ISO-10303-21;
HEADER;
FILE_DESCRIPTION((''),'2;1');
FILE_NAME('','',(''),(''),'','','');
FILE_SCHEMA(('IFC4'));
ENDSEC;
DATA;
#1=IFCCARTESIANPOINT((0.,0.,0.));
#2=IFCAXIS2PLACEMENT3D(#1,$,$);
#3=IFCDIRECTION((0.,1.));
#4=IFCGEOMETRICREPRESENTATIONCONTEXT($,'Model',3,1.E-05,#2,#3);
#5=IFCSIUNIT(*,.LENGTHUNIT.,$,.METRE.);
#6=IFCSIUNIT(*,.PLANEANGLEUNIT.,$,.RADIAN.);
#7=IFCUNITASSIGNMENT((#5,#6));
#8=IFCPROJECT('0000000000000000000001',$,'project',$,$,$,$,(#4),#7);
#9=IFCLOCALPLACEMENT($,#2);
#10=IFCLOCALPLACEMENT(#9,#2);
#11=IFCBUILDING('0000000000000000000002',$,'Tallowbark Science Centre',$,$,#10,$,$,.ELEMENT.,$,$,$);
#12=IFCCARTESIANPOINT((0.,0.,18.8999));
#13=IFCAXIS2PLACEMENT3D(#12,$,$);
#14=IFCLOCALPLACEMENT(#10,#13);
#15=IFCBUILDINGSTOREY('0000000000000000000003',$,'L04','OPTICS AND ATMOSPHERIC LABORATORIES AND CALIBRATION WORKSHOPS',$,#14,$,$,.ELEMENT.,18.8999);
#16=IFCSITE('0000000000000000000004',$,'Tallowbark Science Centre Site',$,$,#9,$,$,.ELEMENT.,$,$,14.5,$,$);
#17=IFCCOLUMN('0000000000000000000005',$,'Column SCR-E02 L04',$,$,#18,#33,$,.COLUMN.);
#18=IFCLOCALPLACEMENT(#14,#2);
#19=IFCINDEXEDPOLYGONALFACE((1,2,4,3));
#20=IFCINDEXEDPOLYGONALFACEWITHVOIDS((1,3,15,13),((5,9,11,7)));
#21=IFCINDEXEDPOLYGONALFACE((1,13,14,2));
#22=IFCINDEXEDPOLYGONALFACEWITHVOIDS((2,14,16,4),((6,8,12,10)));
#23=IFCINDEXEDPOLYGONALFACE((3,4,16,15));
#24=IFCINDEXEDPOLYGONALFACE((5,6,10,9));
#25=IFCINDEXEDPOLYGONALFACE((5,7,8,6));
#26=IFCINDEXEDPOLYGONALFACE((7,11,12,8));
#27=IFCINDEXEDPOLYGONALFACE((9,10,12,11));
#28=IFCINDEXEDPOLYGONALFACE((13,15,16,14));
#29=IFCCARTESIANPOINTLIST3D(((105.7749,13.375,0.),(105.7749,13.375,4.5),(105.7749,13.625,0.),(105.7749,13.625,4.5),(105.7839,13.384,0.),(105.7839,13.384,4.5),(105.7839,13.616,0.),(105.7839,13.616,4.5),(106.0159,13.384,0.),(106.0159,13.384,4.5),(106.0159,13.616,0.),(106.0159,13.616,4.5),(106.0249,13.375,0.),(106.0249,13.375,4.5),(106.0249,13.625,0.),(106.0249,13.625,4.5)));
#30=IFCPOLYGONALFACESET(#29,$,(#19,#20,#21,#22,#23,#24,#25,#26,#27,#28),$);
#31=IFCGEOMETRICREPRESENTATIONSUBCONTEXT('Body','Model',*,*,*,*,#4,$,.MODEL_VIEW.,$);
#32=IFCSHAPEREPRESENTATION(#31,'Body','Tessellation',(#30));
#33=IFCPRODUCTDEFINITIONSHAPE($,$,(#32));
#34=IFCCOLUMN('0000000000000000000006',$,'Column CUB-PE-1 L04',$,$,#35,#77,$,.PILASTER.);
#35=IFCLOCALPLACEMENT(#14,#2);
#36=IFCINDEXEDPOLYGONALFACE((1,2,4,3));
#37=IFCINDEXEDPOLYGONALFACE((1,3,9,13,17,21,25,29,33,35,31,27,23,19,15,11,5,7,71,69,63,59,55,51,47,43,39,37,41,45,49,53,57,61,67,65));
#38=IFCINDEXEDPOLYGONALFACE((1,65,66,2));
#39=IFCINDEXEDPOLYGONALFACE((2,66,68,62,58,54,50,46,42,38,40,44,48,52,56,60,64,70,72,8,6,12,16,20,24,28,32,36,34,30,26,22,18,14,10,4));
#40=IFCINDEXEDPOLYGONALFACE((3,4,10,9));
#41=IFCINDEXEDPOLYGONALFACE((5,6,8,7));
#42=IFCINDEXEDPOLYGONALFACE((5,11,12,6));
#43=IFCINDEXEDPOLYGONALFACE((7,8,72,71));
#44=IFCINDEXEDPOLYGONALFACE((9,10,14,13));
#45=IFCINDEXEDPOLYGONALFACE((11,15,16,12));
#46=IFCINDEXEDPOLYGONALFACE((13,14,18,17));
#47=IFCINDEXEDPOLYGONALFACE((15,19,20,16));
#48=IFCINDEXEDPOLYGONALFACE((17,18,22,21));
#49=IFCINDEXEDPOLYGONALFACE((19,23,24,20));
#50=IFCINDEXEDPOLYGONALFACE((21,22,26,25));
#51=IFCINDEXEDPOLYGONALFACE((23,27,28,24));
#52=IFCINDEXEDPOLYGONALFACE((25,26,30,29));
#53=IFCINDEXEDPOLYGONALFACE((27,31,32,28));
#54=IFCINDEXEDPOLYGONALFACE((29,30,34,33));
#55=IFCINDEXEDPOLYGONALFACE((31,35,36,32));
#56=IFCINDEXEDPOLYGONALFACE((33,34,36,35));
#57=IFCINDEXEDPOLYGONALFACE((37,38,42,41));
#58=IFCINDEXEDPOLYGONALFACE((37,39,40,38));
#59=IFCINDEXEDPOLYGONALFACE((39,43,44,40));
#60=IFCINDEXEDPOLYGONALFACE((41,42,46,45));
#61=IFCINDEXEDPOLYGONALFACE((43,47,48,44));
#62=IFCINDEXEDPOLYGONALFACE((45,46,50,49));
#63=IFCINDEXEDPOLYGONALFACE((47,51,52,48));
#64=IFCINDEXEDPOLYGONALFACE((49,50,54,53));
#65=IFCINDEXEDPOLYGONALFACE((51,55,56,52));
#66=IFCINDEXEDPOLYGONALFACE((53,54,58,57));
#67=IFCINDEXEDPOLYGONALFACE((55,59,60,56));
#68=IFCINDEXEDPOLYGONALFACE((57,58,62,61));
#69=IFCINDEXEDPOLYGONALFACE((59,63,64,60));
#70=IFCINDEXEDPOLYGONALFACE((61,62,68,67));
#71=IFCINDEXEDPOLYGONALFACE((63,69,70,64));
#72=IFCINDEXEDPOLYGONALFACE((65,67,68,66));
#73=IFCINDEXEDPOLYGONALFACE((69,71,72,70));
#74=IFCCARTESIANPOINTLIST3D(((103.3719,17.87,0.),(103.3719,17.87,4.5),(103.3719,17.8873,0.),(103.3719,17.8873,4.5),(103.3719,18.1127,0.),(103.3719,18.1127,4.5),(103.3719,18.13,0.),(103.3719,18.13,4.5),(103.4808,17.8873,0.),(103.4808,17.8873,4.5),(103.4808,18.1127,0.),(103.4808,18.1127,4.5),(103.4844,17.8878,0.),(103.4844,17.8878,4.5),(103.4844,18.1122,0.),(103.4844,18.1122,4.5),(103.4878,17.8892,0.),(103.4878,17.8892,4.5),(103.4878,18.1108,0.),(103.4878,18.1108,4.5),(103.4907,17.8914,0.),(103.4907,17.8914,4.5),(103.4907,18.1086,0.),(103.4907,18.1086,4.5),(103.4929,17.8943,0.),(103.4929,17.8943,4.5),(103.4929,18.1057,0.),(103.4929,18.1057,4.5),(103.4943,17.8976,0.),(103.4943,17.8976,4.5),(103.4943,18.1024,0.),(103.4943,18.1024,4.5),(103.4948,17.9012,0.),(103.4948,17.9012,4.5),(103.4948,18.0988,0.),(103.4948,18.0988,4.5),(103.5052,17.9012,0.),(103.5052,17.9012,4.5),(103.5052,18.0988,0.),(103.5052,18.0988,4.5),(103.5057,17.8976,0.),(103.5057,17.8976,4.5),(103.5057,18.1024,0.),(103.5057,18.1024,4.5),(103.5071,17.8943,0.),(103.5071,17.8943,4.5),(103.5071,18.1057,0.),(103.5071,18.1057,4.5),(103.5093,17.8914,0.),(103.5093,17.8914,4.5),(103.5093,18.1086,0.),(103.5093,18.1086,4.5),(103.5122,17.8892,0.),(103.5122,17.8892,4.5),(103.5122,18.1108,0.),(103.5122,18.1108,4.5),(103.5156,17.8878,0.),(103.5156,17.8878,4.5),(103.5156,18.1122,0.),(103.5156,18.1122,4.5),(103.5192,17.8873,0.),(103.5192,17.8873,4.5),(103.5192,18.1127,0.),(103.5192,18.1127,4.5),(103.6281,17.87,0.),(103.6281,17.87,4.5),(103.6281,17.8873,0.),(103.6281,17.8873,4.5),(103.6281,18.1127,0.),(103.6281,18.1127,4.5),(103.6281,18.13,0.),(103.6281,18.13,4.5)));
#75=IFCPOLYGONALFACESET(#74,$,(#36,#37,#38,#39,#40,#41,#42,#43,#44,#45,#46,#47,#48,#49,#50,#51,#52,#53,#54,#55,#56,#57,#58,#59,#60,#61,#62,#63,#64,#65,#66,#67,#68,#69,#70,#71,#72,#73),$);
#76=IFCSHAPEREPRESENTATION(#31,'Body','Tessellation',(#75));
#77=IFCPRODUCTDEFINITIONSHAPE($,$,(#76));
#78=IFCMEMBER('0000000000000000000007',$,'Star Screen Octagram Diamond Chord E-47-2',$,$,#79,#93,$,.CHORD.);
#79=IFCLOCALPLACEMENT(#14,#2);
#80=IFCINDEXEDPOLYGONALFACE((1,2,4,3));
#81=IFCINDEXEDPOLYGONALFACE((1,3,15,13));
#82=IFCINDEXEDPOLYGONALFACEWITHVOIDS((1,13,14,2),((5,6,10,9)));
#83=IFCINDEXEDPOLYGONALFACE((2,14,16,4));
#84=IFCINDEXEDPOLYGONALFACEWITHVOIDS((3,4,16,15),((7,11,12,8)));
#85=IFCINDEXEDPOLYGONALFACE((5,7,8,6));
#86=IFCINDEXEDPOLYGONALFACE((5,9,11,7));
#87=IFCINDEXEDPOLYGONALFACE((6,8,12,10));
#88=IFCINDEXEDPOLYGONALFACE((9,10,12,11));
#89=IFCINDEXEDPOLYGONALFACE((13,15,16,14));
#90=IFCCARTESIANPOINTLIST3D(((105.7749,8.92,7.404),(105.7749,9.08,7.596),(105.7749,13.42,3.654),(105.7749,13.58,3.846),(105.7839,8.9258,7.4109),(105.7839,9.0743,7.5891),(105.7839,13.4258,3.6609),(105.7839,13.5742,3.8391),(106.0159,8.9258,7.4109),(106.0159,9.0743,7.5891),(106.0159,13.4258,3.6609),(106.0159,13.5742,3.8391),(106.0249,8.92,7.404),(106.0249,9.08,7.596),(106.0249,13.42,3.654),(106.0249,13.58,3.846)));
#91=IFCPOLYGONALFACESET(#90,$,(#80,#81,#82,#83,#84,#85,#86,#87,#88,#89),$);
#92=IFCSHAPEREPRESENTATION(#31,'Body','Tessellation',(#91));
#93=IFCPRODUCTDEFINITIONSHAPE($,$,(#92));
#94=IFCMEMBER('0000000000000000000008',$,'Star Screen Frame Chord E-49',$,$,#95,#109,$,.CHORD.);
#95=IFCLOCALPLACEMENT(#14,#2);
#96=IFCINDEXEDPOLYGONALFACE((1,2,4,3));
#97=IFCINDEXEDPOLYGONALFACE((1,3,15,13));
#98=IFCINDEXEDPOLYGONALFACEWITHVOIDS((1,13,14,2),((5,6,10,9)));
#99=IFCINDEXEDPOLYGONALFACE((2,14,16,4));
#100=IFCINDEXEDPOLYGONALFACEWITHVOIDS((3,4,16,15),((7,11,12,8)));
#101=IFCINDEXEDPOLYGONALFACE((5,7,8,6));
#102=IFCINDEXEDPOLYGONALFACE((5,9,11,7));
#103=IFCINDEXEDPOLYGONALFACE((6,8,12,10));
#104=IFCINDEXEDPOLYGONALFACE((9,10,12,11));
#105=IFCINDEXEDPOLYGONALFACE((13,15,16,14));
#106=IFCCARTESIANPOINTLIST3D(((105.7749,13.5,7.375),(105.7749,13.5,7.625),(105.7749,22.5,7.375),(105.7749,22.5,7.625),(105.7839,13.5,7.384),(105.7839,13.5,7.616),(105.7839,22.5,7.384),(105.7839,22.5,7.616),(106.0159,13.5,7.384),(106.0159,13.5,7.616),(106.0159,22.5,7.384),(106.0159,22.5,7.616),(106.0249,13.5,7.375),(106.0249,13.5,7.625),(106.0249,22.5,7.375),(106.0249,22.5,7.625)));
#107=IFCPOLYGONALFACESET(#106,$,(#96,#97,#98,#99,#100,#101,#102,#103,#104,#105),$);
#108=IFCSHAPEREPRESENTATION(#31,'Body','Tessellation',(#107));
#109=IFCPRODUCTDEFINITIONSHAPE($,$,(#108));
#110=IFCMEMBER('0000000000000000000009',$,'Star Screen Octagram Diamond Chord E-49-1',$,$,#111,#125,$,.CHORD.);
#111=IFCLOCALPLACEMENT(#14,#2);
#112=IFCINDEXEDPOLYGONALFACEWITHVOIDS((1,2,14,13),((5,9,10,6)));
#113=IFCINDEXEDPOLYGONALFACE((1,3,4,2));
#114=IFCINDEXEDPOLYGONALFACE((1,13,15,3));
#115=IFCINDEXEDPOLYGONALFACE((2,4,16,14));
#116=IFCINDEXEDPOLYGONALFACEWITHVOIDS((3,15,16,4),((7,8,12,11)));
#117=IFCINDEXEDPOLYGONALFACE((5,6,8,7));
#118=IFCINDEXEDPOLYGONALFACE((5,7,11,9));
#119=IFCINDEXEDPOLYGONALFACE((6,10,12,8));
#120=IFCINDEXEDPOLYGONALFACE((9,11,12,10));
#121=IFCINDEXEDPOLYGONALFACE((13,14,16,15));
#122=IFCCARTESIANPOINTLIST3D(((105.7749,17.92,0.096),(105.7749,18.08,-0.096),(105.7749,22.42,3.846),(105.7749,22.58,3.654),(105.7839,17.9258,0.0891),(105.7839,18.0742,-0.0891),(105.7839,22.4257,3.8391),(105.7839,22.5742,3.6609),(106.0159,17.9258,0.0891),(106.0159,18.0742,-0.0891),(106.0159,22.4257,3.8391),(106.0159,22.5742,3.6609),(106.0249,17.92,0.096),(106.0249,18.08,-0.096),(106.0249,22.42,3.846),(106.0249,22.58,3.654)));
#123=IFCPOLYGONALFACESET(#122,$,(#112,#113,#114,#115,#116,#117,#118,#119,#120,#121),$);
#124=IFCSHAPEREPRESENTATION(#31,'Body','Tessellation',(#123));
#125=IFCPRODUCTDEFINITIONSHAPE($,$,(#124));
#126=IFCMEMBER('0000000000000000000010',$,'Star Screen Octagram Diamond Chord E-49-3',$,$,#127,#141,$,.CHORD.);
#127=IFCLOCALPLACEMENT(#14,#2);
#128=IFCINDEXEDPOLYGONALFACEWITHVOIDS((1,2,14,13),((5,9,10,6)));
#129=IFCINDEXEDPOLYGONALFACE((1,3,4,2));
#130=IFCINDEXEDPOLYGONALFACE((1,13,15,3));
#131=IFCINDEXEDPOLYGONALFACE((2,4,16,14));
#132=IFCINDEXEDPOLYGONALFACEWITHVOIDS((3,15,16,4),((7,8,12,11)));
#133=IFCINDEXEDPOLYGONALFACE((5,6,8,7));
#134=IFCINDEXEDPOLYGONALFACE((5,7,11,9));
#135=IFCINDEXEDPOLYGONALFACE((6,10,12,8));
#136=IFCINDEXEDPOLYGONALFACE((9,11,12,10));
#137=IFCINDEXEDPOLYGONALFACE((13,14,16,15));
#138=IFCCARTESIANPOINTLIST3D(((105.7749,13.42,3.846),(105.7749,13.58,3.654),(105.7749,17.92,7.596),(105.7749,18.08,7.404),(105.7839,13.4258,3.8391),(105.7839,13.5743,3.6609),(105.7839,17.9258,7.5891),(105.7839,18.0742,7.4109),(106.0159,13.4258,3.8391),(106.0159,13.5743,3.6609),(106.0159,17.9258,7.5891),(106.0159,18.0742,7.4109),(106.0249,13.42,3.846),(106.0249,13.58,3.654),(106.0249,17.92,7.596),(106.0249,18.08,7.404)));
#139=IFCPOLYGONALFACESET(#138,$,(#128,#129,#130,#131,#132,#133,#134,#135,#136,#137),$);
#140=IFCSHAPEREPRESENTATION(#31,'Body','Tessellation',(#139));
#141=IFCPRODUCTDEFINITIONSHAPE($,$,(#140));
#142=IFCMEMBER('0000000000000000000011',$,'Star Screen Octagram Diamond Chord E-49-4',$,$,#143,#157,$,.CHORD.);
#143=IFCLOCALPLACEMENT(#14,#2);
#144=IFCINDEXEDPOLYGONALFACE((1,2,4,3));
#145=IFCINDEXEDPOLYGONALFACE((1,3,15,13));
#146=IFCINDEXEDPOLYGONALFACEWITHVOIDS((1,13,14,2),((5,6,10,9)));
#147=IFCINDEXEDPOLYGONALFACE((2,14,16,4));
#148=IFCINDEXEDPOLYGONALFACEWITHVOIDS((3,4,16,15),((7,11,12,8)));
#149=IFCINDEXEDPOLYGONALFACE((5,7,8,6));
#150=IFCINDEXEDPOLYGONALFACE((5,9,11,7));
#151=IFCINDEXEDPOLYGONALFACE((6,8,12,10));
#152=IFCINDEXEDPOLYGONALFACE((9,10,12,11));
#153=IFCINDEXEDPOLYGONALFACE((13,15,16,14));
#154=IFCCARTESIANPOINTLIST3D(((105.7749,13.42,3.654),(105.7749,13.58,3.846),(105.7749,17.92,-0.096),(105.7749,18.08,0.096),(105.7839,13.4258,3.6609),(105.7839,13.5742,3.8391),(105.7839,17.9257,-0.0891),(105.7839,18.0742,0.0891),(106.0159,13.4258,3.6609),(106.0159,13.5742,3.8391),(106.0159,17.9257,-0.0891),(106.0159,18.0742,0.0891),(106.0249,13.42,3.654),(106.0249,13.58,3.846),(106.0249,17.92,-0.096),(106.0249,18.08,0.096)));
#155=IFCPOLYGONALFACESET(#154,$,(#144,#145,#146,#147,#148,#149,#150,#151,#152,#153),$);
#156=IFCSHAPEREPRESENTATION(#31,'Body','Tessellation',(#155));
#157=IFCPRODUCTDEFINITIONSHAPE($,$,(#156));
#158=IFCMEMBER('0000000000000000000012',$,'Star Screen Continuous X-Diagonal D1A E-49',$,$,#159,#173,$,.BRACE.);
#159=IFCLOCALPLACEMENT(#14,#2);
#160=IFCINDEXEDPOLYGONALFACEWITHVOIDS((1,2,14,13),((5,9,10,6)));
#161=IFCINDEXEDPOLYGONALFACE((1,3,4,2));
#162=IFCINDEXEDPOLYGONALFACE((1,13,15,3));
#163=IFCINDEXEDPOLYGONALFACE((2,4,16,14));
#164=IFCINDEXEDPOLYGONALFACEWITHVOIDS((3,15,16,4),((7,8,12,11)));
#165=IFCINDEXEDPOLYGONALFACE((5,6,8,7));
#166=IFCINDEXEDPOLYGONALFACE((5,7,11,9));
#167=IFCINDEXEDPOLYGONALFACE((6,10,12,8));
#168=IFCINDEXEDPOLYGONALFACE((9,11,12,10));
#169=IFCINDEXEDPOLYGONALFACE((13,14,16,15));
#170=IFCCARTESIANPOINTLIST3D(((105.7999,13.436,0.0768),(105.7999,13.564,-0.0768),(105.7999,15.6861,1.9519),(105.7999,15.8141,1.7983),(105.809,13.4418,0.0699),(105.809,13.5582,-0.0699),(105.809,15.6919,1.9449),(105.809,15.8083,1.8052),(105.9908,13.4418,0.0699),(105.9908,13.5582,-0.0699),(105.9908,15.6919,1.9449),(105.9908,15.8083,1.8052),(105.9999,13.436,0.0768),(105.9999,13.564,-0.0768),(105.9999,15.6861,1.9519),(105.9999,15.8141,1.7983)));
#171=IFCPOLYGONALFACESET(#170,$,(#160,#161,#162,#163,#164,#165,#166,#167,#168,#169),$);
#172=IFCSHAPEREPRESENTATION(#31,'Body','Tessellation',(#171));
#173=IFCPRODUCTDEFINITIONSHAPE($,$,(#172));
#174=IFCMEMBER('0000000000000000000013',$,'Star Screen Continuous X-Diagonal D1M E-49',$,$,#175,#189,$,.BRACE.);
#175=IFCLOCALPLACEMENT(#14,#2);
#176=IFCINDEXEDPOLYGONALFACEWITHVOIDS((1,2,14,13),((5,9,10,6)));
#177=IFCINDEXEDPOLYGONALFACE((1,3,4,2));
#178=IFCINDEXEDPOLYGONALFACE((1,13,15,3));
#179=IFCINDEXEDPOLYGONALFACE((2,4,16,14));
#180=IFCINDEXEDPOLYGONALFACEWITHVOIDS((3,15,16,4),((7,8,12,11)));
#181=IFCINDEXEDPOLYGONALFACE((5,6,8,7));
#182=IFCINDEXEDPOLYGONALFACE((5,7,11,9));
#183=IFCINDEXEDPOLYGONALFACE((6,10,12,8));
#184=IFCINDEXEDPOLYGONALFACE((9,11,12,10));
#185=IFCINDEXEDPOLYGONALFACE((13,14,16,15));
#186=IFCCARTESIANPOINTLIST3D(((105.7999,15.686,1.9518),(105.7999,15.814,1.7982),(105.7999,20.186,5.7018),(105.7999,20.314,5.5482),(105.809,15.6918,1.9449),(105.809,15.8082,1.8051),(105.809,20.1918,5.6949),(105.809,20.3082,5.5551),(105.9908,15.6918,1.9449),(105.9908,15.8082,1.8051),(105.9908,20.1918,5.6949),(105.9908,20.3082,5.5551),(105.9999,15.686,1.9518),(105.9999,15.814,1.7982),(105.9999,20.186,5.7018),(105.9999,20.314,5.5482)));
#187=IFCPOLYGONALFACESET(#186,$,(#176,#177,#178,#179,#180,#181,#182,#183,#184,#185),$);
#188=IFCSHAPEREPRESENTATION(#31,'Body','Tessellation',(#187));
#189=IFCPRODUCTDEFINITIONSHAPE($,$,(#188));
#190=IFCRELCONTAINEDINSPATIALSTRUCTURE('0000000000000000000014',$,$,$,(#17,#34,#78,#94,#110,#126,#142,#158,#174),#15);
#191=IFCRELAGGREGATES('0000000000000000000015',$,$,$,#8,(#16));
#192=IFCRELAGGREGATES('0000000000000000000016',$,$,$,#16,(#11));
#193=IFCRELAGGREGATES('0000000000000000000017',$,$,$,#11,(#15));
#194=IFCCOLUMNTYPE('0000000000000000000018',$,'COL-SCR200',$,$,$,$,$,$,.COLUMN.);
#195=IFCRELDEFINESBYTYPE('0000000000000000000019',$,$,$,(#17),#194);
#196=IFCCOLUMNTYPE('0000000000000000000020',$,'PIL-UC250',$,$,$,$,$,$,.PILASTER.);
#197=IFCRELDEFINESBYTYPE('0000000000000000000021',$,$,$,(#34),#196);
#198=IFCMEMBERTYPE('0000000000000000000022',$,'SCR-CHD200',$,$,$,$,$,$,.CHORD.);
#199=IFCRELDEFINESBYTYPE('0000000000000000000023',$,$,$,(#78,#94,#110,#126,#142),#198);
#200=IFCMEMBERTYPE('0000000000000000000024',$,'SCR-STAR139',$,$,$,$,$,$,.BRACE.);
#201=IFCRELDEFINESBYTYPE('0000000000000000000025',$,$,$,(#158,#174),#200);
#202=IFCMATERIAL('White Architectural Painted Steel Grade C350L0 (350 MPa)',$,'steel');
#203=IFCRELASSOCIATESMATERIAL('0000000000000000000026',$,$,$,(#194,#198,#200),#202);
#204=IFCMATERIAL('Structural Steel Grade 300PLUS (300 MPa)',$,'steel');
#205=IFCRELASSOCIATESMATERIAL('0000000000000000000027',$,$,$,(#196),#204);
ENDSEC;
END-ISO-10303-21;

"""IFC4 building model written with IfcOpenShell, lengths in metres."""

from ifc_helpers import new_model, si_unit, direction, frame, origin, origin_2d, place, context, subcontext, project, spatial, hollow_rectangle, i_section, extrude, material, material_profile, profile_set, type_object, element, save


model = new_model("IFC4")

# Units and contexts
model_context = context("Model", 3, precision=1e-05, world=origin(), true_north=direction((0.0, 1.0)))
body_context = subcontext(model_context, "Body", "Model", "MODEL_VIEW")
ifc_project = project(units=[si_unit("LENGTHUNIT", "METRE"), si_unit("PLANEANGLEUNIT", "RADIAN")], contexts=[model_context])

# Site, building, storey
site_placement = place(None, origin())
site = spatial("IfcSite", under=ifc_project, at=site_placement, Name="Tallowbark Science Centre Site", CompositionType="ELEMENT", RefElevation=14.5)
building_placement = place(site_placement, origin())
building = spatial("IfcBuilding", under=site, at=building_placement, Name="Tallowbark Science Centre", CompositionType="ELEMENT")
storey_placement = place(building_placement, frame((0.0, 0.0, 18.8999)))
storey = spatial("IfcBuildingStorey", under=building, at=storey_placement, Name="L04", Description="OPTICS AND ATMOSPHERIC LABORATORIES AND CALIBRATION WORKSHOPS", CompositionType="ELEMENT", Elevation=18.8999)

# Columns
ifc_material_1 = material(Name="White Architectural Painted Steel Grade C350L0 (350 MPa)", Category="steel")
ifc_material_profile_1 = material_profile(ifc_material_1, hollow_rectangle(XDim=0.25, YDim=0.25, WallThickness=0.009, at=origin_2d()), Name="250x250x9.0SHS")
ifc_profile_set_1 = profile_set([ifc_material_profile_1], Name="White Architectural Painted Steel Grade C350L0 (350 MPa)")
column_type_1 = type_object("IfcColumnType", Name="COL-SCR200", PredefinedType="COLUMN", material=ifc_profile_set_1)
column_1_placement = place(storey_placement, frame((105.8999, 13.5, 0.0), z_axis=(0.0, 0.0, 1.0), x_axis=(1.0, 0.0, 0.0)))
element("IfcColumn", 1, at=column_1_placement, inside=storey, type_object=column_type_1, Name="Column SCR-E02 L04", PredefinedType="COLUMN", context=body_context, shape_type="SweptSolid", body=[
    extrude(hollow_rectangle(XDim=0.25, YDim=0.25, WallThickness=0.009, at=origin_2d()), origin(), (0.0, 0.0, 1.0), 4.5),
])
ifc_material_2 = material(Name="Structural Steel Grade 300PLUS (300 MPa)", Category="steel")
ifc_material_profile_2 = material_profile(ifc_material_2, i_section(OverallWidth=0.2561, OverallDepth=0.26, WebThickness=0.0105, FlangeThickness=0.0173, FilletRadius=0.0139, at=origin_2d()), Name="250UC89.5")
ifc_profile_set_2 = profile_set([ifc_material_profile_2], Name="Structural Steel Grade 300PLUS (300 MPa)")
column_type_2 = type_object("IfcColumnType", Name="PIL-UC250", PredefinedType="PILASTER", material=ifc_profile_set_2)
column_2_placement = place(storey_placement, frame((103.5, 18.0, 0.0), z_axis=(0.0, 0.0, 1.0), x_axis=(1.0, 0.0, 0.0)))
element("IfcColumn", 2, at=column_2_placement, inside=storey, type_object=column_type_2, Name="Column CUB-PE-1 L04", PredefinedType="PILASTER", context=body_context, shape_type="SweptSolid", body=[
    extrude(i_section(OverallWidth=0.2561, OverallDepth=0.26, WebThickness=0.0105, FlangeThickness=0.0173, FilletRadius=0.0139, at=origin_2d()), origin(), (0.0, 0.0, 1.0), 4.5),
])

# Members
ifc_material_profile_3 = material_profile(ifc_material_1, hollow_rectangle(XDim=0.25, YDim=0.25, WallThickness=0.009, at=origin_2d()), Name="250x250x9.0SHS")
ifc_profile_set_3 = profile_set([ifc_material_profile_3], Name="White Architectural Painted Steel Grade C350L0 (350 MPa)")
member_type_1 = type_object("IfcMemberType", Name="SCR-CHD200", PredefinedType="CHORD", material=ifc_profile_set_3)
member_1_placement = place(storey_placement, frame((105.8999, 13.5, 3.75), z_axis=(0.0, -0.768221, 0.640184), x_axis=(1.0, 0.0, 0.0)))
element("IfcMember", 3, at=member_1_placement, inside=storey, type_object=member_type_1, Name="Star Screen Octagram Diamond Chord E-47-2", PredefinedType="CHORD", context=body_context, shape_type="SweptSolid", body=[
    extrude(hollow_rectangle(XDim=0.25, YDim=0.25, WallThickness=0.009, at=origin_2d()), origin(), (0.0, 0.0, 1.0), 5.8577),
])
member_2_placement = place(storey_placement, frame((105.8999, 13.5, 7.5), z_axis=(0.0, 1.0, 0.0), x_axis=(-1.0, 0.0, 0.0)))
element("IfcMember", 4, at=member_2_placement, inside=storey, type_object=member_type_1, Name="Star Screen Frame Chord E-49", PredefinedType="CHORD", context=body_context, shape_type="SweptSolid", body=[
    extrude(hollow_rectangle(XDim=0.25, YDim=0.25, WallThickness=0.009, at=origin_2d()), origin(), (0.0, 0.0, 1.0), 9.0),
])
for number, where, z_axis, x_axis, name in (
    (5, (105.8999, 18.0, 0.0), (0.0, 0.768221, 0.640184), (-1.0, 0.0, 0.0), "Star Screen Octagram Diamond Chord E-49-1"),
    (6, (105.8999, 18.0, 7.5), (0.0, -0.768221, -0.640184), (1.0, 0.0, 0.0), "Star Screen Octagram Diamond Chord E-49-3"),
    (7, (105.8999, 13.5, 3.75), (0.0, 0.768221, -0.640184), (-1.0, 0.0, 0.0), "Star Screen Octagram Diamond Chord E-49-4"),
):
    element("IfcMember", number, at=place(storey_placement, frame(where, z_axis=z_axis, x_axis=x_axis)), inside=storey, type_object=member_type_1, Name=name, PredefinedType="CHORD", context=body_context, shape_type="SweptSolid", body=[
        extrude(hollow_rectangle(XDim=0.25, YDim=0.25, WallThickness=0.009, at=origin_2d()), origin(), (0.0, 0.0, 1.0), 5.8577),
    ])
ifc_material_profile_4 = material_profile(ifc_material_1, hollow_rectangle(XDim=0.2, YDim=0.2, WallThickness=0.009, at=origin_2d()), Name="200x200x9.0SHS")
ifc_profile_set_4 = profile_set([ifc_material_profile_4], Name="White Architectural Painted Steel Grade C350L0 (350 MPa)")
member_type_2 = type_object("IfcMemberType", Name="SCR-STAR139", PredefinedType="BRACE", material=ifc_profile_set_4)
member_3_placement = place(storey_placement, frame((105.8999, 13.5, 0.0), z_axis=(0.0, 0.768221, 0.640184), x_axis=(-1.0, 0.0, 0.0)))
element("IfcMember", 8, at=member_3_placement, inside=storey, type_object=member_type_2, Name="Star Screen Continuous X-Diagonal D1A E-49", PredefinedType="BRACE", context=body_context, shape_type="SweptSolid", body=[
    extrude(hollow_rectangle(XDim=0.2, YDim=0.2, WallThickness=0.009, at=origin_2d()), origin(), (0.0, 0.0, 1.0), 2.929),
])
member_4_placement = place(storey_placement, frame((105.8999, 15.75, 1.875), z_axis=(0.0, 0.768221, 0.640184), x_axis=(-1.0, 0.0, 0.0)))
element("IfcMember", 9, at=member_4_placement, inside=storey, type_object=member_type_2, Name="Star Screen Continuous X-Diagonal D1M E-49", PredefinedType="BRACE", context=body_context, shape_type="SweptSolid", body=[
    extrude(hollow_rectangle(XDim=0.2, YDim=0.2, WallThickness=0.009, at=origin_2d()), origin(), (0.0, 0.0, 1.0), 5.8577),
])

save(model, "model.ifc")
